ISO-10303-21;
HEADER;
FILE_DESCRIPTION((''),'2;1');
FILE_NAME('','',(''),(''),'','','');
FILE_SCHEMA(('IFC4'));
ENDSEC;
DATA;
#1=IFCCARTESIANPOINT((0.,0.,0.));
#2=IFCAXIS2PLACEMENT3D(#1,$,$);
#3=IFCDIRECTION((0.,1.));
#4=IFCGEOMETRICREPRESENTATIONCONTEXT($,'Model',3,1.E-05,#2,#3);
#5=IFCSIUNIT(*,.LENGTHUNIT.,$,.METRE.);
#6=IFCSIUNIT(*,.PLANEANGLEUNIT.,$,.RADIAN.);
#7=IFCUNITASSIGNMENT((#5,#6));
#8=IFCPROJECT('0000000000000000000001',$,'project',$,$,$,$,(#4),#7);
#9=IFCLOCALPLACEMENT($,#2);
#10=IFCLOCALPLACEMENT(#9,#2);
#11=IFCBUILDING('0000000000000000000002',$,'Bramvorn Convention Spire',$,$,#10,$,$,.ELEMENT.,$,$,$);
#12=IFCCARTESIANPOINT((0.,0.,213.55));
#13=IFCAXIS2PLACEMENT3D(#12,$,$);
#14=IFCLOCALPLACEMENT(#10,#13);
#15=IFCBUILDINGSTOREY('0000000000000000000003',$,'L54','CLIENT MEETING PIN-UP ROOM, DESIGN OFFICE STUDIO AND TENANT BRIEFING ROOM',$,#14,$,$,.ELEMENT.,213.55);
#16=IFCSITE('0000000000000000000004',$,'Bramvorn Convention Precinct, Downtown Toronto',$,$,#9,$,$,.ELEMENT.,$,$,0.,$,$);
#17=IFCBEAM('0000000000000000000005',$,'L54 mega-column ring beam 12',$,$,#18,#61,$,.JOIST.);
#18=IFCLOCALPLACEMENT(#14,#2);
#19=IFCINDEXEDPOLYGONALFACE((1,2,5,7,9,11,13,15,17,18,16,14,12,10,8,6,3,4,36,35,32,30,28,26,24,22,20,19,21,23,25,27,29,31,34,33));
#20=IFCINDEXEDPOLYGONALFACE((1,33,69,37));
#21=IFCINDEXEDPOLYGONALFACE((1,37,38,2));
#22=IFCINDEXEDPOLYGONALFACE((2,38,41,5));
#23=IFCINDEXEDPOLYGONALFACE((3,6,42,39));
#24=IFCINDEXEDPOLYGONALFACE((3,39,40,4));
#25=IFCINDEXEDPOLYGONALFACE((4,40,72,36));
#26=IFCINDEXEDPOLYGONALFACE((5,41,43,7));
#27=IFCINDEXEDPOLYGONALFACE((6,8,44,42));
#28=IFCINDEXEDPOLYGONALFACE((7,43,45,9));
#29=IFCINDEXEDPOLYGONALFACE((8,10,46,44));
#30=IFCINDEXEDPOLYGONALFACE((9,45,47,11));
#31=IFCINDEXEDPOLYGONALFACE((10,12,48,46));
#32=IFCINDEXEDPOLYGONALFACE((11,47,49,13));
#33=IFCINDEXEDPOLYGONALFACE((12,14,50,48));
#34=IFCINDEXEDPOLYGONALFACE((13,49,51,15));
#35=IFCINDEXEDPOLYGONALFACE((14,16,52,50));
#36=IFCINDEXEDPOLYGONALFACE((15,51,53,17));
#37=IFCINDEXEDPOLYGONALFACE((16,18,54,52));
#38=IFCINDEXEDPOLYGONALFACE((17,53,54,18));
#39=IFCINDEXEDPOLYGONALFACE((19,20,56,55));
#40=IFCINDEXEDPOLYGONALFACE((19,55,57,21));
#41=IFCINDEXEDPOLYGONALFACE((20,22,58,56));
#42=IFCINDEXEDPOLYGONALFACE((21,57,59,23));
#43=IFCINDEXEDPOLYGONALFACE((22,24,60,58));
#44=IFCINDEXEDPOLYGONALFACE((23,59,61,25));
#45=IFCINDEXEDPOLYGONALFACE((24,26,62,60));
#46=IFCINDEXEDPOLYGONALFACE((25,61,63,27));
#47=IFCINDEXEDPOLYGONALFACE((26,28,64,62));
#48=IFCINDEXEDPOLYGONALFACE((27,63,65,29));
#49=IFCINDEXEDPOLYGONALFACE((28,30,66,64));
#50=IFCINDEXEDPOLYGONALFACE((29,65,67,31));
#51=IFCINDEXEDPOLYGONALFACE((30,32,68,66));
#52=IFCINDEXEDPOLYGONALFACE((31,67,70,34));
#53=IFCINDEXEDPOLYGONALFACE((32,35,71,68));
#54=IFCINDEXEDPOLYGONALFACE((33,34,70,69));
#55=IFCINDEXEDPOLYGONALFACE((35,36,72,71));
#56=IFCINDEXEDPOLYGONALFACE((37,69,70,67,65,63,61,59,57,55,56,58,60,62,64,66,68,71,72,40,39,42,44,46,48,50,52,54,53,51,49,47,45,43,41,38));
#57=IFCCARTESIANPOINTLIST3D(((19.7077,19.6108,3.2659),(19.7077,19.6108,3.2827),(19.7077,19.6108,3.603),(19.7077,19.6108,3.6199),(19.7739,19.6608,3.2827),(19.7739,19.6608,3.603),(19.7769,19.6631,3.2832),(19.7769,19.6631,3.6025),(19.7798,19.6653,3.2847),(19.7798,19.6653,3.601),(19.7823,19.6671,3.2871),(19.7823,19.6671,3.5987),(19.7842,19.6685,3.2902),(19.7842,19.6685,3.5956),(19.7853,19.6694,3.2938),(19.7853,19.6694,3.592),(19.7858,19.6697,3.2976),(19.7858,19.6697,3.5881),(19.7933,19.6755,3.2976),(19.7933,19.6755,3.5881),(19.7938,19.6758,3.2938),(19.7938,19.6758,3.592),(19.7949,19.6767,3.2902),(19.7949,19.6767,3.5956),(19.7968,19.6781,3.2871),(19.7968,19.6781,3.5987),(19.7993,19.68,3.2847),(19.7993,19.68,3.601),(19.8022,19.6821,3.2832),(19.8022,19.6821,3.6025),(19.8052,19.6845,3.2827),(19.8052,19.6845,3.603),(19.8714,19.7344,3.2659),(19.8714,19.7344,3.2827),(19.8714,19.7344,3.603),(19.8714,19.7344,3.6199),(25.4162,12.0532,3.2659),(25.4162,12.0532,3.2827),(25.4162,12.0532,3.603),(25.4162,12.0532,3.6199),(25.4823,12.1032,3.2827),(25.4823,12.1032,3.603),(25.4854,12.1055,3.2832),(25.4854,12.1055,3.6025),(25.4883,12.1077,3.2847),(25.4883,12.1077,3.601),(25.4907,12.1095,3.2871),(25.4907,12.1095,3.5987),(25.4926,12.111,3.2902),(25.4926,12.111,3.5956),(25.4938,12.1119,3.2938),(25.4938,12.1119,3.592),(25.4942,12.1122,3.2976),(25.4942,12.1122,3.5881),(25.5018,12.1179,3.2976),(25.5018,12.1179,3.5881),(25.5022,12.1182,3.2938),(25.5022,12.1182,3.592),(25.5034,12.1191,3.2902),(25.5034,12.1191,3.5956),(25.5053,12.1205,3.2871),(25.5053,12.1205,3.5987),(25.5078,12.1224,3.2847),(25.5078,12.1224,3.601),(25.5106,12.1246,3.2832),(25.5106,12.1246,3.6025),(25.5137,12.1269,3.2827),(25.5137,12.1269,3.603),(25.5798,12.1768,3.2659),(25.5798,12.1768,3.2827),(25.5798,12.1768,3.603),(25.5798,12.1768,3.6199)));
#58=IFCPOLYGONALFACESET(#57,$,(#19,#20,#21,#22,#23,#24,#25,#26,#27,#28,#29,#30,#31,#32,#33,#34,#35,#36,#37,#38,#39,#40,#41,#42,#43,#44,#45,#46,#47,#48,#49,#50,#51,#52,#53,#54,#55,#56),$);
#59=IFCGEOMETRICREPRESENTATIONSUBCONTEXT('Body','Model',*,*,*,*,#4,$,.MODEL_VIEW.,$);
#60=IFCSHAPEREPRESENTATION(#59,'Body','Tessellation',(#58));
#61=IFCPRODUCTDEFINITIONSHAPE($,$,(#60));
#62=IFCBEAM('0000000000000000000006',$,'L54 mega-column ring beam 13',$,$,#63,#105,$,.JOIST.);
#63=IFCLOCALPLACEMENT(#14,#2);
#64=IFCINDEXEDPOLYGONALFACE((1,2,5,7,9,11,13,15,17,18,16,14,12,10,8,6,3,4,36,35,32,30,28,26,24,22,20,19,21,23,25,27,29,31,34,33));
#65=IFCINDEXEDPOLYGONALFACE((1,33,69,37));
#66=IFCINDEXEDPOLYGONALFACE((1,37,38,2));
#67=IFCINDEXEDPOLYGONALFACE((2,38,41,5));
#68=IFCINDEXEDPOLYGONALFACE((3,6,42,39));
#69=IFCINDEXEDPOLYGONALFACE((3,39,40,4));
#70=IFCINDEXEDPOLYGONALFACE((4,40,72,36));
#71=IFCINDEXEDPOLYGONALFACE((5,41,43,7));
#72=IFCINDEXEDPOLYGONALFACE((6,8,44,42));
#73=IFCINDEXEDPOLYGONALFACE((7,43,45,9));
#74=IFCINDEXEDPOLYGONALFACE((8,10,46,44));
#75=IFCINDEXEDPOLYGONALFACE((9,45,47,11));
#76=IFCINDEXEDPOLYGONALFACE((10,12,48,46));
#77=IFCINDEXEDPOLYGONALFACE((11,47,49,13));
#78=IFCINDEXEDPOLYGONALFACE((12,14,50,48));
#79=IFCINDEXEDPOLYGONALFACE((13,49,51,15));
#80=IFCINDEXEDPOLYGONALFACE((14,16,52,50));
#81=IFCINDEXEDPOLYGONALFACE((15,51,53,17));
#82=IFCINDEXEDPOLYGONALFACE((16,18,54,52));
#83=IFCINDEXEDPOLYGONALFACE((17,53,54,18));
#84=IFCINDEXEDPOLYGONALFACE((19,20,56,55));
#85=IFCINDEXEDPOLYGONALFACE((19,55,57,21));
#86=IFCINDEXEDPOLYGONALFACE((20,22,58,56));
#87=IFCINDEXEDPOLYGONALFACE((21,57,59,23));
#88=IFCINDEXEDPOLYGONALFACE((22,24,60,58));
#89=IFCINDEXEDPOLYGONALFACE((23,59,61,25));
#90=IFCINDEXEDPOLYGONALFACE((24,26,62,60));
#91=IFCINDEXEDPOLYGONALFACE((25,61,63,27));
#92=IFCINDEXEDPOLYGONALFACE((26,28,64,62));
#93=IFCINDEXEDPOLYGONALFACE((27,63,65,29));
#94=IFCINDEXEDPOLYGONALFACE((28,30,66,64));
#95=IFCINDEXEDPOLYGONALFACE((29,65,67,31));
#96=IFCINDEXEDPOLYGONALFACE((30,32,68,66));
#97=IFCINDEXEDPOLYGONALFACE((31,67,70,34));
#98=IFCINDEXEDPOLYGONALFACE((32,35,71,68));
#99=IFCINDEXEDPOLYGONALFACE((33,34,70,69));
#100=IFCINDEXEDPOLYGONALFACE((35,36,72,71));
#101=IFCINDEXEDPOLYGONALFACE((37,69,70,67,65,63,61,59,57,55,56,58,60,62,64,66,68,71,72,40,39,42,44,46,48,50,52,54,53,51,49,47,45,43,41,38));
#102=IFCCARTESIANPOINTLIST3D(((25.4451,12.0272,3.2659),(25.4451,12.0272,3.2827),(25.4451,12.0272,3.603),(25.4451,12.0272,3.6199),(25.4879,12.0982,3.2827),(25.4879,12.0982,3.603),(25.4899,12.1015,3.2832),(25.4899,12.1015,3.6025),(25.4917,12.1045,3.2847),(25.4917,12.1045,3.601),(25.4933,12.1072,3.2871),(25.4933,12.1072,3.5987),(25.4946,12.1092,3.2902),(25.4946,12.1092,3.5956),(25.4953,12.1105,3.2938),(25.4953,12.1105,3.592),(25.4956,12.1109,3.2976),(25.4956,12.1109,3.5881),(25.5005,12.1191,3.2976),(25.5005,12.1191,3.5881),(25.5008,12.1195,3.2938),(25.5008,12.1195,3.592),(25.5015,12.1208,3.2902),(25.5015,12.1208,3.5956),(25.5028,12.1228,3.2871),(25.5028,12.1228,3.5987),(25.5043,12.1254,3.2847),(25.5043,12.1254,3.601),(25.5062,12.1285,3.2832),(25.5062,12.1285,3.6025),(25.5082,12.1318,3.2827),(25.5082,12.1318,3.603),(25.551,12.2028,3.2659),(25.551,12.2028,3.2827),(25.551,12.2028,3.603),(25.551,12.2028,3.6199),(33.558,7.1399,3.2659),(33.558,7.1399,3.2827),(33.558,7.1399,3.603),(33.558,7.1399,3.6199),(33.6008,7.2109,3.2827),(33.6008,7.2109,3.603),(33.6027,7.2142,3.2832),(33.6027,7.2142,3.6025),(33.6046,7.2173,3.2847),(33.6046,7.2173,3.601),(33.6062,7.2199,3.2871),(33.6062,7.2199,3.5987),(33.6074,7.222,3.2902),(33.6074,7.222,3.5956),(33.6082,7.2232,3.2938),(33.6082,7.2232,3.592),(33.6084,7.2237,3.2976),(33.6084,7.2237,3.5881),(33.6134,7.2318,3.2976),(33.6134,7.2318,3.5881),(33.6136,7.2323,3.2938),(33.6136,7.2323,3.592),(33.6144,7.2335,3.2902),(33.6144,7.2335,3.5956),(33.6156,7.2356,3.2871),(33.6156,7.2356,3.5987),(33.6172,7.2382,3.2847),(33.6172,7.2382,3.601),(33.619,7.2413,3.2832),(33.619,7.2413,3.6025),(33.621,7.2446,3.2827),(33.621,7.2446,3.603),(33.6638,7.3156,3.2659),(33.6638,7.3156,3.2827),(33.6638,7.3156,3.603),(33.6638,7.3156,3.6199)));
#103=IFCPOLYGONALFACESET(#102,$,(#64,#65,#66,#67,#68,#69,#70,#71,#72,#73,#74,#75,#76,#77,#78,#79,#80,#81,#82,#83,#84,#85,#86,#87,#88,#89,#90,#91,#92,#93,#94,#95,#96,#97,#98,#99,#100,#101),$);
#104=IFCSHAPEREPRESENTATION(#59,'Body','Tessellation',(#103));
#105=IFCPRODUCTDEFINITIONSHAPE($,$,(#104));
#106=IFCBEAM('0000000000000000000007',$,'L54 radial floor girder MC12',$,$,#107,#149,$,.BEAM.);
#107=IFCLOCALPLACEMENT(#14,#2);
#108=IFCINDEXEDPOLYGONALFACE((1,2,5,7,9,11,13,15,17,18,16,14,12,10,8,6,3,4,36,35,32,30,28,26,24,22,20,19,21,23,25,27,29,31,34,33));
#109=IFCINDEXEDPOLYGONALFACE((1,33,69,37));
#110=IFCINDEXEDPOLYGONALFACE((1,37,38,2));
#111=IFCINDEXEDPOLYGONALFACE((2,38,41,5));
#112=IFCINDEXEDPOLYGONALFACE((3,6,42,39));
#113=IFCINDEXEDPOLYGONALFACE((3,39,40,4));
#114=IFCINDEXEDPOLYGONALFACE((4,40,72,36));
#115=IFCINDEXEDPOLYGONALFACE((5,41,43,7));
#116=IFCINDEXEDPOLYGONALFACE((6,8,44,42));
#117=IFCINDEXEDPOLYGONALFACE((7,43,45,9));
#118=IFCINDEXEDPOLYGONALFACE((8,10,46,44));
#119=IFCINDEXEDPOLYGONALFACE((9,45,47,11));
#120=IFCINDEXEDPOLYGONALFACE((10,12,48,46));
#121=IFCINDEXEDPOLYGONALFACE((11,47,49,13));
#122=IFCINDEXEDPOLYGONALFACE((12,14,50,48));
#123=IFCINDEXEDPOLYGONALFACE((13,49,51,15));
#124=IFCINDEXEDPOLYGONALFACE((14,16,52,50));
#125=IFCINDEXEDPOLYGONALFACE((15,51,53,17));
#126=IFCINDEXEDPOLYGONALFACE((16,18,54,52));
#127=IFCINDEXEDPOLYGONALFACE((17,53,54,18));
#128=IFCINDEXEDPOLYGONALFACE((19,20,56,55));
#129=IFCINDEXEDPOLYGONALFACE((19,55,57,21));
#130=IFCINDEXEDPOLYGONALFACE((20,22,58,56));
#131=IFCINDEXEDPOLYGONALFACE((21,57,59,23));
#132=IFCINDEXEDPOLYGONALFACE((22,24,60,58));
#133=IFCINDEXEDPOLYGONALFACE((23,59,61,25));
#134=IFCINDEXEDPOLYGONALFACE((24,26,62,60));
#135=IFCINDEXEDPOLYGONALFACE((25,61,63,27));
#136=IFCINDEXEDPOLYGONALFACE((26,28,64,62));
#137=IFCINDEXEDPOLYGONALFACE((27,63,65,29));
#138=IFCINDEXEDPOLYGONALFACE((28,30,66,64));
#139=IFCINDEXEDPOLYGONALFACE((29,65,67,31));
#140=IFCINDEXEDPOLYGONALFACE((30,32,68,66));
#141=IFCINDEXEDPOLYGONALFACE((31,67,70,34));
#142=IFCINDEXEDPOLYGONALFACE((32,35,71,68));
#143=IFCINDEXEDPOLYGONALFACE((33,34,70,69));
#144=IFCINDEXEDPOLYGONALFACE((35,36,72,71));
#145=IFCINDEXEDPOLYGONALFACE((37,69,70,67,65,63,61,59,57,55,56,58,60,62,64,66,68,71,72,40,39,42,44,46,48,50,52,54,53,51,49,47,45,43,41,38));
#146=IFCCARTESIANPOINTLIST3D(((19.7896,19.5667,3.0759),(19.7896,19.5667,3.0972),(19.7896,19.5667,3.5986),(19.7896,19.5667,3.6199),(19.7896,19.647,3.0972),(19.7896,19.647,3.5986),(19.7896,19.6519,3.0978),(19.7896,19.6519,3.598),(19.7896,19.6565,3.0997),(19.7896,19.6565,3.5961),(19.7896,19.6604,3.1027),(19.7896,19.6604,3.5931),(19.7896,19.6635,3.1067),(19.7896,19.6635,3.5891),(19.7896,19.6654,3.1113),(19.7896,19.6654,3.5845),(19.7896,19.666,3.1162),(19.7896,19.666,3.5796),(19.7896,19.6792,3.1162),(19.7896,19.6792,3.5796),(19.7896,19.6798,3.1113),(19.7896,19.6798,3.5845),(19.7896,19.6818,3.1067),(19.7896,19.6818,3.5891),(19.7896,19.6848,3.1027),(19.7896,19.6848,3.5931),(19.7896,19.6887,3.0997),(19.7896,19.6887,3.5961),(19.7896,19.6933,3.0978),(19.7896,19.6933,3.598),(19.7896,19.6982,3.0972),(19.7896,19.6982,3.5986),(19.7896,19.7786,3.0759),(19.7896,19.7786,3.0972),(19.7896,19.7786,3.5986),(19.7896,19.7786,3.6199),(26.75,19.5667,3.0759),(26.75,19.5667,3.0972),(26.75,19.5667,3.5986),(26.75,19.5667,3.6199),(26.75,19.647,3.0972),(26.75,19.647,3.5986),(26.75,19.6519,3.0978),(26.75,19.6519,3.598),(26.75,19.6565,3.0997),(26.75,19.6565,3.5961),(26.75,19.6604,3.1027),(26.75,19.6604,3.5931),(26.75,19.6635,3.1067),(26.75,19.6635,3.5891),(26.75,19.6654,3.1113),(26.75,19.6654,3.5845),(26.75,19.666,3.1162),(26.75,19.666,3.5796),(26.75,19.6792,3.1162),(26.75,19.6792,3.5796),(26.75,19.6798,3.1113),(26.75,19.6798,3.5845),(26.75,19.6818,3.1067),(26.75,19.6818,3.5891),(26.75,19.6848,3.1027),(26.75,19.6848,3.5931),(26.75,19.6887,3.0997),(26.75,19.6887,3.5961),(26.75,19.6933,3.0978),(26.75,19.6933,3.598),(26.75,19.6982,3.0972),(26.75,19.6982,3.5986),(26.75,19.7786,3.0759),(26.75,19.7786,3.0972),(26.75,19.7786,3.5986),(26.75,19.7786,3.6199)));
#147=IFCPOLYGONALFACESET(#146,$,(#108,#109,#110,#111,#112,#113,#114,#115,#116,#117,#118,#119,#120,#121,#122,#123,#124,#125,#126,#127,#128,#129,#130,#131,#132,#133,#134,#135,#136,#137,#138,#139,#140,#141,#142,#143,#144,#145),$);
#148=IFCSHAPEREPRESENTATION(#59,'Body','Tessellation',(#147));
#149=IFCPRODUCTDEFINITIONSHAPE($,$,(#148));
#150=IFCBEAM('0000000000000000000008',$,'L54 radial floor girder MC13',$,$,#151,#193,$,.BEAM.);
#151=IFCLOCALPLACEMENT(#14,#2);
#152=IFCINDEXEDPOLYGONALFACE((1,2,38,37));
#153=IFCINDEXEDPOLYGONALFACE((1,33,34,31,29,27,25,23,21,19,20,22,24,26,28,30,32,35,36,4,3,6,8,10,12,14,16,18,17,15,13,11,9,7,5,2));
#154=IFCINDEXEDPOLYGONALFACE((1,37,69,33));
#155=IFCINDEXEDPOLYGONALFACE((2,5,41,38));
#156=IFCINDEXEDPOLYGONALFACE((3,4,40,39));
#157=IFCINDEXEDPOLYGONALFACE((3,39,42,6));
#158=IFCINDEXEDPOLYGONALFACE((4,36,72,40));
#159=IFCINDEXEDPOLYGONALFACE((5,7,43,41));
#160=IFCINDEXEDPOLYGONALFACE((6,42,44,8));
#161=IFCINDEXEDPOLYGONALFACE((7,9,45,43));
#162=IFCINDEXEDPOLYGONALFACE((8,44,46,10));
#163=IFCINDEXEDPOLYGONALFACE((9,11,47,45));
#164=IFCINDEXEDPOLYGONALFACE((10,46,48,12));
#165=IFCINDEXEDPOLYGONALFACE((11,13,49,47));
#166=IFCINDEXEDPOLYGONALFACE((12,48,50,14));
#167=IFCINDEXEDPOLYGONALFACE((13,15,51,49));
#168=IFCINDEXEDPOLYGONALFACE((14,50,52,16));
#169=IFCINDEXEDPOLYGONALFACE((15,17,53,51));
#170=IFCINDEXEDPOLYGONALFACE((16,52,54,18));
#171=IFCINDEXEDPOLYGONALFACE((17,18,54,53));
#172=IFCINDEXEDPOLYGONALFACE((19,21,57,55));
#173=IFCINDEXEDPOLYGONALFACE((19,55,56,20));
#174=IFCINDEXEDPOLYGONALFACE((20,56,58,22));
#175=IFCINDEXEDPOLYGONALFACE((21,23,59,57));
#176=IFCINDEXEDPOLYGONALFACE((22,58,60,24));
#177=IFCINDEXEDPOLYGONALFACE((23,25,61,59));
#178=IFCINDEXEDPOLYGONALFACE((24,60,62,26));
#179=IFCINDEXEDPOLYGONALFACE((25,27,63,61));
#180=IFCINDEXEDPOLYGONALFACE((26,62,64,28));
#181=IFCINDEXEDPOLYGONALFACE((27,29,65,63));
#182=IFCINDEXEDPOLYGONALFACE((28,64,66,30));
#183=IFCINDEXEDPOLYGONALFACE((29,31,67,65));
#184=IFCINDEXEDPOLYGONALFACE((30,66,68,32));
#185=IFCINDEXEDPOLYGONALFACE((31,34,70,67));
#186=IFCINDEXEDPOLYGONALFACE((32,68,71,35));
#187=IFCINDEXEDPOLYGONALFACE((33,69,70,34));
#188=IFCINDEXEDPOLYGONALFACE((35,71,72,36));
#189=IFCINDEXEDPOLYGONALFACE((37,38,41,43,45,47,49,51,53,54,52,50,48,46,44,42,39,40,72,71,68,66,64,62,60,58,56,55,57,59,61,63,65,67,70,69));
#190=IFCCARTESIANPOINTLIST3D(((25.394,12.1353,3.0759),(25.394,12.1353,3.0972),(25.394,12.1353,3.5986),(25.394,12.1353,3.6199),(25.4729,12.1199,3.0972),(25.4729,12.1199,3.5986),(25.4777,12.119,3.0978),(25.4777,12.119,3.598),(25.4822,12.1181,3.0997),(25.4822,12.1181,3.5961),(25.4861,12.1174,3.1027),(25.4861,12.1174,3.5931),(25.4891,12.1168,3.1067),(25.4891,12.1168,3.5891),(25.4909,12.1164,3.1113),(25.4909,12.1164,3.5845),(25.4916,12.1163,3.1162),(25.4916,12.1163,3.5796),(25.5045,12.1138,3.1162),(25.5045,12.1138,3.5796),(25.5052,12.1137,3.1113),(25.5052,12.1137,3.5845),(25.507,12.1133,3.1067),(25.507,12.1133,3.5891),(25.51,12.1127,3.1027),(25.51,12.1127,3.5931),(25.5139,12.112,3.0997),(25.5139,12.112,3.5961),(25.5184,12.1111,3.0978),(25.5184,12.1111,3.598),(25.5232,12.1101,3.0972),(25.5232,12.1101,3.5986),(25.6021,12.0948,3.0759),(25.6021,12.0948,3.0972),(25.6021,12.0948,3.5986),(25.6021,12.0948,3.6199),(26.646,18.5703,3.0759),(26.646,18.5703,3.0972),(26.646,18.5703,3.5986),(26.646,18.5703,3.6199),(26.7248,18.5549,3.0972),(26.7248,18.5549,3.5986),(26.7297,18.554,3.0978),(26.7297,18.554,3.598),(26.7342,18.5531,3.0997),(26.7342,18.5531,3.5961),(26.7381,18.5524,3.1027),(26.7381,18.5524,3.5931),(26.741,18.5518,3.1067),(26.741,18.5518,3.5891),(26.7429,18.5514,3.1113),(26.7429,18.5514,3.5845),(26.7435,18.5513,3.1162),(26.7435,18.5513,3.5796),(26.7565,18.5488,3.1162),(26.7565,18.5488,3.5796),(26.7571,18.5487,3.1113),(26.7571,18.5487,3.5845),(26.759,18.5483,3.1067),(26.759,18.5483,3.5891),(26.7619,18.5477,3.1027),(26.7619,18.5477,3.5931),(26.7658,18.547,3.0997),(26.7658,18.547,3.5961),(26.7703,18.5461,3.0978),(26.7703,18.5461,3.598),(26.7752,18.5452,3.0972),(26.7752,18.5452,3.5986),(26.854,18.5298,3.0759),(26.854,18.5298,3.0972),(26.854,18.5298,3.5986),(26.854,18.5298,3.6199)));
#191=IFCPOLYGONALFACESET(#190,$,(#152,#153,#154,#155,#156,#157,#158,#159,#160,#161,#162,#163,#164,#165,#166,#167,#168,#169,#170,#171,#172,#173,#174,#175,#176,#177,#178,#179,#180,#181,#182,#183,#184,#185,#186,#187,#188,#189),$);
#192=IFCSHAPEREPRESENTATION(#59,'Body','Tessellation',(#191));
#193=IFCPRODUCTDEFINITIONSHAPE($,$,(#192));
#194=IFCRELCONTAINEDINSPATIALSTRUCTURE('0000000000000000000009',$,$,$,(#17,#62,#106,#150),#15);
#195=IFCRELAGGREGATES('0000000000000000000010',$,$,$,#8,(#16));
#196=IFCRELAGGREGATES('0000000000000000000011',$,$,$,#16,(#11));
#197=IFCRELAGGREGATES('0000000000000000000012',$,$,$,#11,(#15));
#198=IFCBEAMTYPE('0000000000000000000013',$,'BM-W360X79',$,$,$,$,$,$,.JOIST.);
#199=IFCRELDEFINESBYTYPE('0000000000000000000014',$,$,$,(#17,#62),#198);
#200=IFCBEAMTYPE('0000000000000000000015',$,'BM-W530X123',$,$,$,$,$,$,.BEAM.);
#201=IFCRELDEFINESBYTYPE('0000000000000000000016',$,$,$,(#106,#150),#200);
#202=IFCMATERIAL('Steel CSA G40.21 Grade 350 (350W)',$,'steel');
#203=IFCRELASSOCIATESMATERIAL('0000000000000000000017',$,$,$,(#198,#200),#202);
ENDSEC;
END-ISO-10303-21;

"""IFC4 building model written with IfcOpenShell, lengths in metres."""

from ifc_helpers import new_model, si_unit, direction, frame, origin, origin_2d, place, context, subcontext, project, spatial, i_section, extrude, material, material_profile, profile_set, type_object, element, save


model = new_model("IFC4")

# Units and contexts
model_context = context("Model", 3, precision=1e-05, world=origin(), true_north=direction((0.0, 1.0)))
body_context = subcontext(model_context, "Body", "Model", "MODEL_VIEW")
ifc_project = project(units=[si_unit("LENGTHUNIT", "METRE"), si_unit("PLANEANGLEUNIT", "RADIAN")], contexts=[model_context])

# Site, building, storey
site_placement = place(None, origin())
site = spatial("IfcSite", under=ifc_project, at=site_placement, Name="Bramvorn Convention Precinct, Downtown Toronto", CompositionType="ELEMENT", RefElevation=0.0)
building_placement = place(site_placement, origin())
building = spatial("IfcBuilding", under=site, at=building_placement, Name="Bramvorn Convention Spire", CompositionType="ELEMENT")
storey_placement = place(building_placement, frame((0.0, 0.0, 213.55)))
storey = spatial("IfcBuildingStorey", under=building, at=storey_placement, Name="L54", Description="CLIENT MEETING PIN-UP ROOM, DESIGN OFFICE STUDIO AND TENANT BRIEFING ROOM", CompositionType="ELEMENT", Elevation=213.55)

# Shared definitions
ifc_material_1 = material(Name="Steel CSA G40.21 Grade 350 (350W)", Category="steel")

# Beams
ifc_material_profile_1 = material_profile(ifc_material_1, i_section(OverallWidth=0.2051, OverallDepth=0.354, WebThickness=0.0095, FlangeThickness=0.0168, FilletRadius=0.0149, at=origin_2d()))
ifc_profile_set_1 = profile_set([ifc_material_profile_1], Name="Steel CSA G40.21 Grade 350 (350W) - W360X79")
beam_type_1 = type_object("IfcBeamType", Name="BM-W360X79", PredefinedType="JOIST", material=ifc_profile_set_1)
for number, where, z_axis, x_axis, name in (
    (1, (19.7896, 19.6726, 3.4429), (0.602719, -0.797954, 0.0), (0.797954, 0.602719, 0.0), "L54 mega-column ring beam 12"),
    (2, (25.498, 12.115, 3.4429), (0.856582, -0.516011, 0.0), (0.516011, 0.856582, 0.0), "L54 mega-column ring beam 13"),
):
    element("IfcBeam", number, at=place(storey_placement, frame(where, z_axis=z_axis, x_axis=x_axis)), inside=storey, type_object=beam_type_1, Name=name, PredefinedType="JOIST", context=body_context, shape_type="SweptSolid", body=[
        extrude(i_section(OverallWidth=0.2051, OverallDepth=0.354, WebThickness=0.0095, FlangeThickness=0.0168, FilletRadius=0.0149, at=origin_2d()), origin(), (0.0, 0.0, 1.0), 9.4712),
    ])
ifc_material_profile_2 = material_profile(ifc_material_1, i_section(OverallWidth=0.2119, OverallDepth=0.5439, WebThickness=0.0132, FlangeThickness=0.0212, FilletRadius=0.019, at=origin_2d()))
ifc_profile_set_2 = profile_set([ifc_material_profile_2], Name="Steel CSA G40.21 Grade 350 (350W) - W530X123")
beam_type_2 = type_object("IfcBeamType", Name="BM-W530X123", PredefinedType="BEAM", material=ifc_profile_set_2)
beam_1_placement = place(storey_placement, frame((26.75, 19.6726, 3.3479), z_axis=(-1.0, 0.0, 0.0), x_axis=(0.0, -1.0, 0.0)))
element("IfcBeam", 3, at=beam_1_placement, inside=storey, type_object=beam_type_2, Name="L54 radial floor girder MC12", PredefinedType="BEAM", context=body_context, shape_type="SweptSolid", body=[
    extrude(i_section(OverallWidth=0.2119, OverallDepth=0.5439, WebThickness=0.0132, FlangeThickness=0.0212, FilletRadius=0.019, at=origin_2d()), origin(), (0.0, 0.0, 1.0), 6.9604),
])
beam_2_placement = place(storey_placement, frame((26.75, 18.55, 3.3479), z_axis=(-0.190971, -0.981596, 0.0), x_axis=(0.981596, -0.190971, 0.0)))
element("IfcBeam", 4, at=beam_2_placement, inside=storey, type_object=beam_type_2, Name="L54 radial floor girder MC13", PredefinedType="BEAM", context=body_context, shape_type="SweptSolid", body=[
    extrude(i_section(OverallWidth=0.2119, OverallDepth=0.5439, WebThickness=0.0132, FlangeThickness=0.0212, FilletRadius=0.019, at=origin_2d()), origin(), (0.0, 0.0, 1.0), 6.5557),
])

save(model, "model.ifc")
